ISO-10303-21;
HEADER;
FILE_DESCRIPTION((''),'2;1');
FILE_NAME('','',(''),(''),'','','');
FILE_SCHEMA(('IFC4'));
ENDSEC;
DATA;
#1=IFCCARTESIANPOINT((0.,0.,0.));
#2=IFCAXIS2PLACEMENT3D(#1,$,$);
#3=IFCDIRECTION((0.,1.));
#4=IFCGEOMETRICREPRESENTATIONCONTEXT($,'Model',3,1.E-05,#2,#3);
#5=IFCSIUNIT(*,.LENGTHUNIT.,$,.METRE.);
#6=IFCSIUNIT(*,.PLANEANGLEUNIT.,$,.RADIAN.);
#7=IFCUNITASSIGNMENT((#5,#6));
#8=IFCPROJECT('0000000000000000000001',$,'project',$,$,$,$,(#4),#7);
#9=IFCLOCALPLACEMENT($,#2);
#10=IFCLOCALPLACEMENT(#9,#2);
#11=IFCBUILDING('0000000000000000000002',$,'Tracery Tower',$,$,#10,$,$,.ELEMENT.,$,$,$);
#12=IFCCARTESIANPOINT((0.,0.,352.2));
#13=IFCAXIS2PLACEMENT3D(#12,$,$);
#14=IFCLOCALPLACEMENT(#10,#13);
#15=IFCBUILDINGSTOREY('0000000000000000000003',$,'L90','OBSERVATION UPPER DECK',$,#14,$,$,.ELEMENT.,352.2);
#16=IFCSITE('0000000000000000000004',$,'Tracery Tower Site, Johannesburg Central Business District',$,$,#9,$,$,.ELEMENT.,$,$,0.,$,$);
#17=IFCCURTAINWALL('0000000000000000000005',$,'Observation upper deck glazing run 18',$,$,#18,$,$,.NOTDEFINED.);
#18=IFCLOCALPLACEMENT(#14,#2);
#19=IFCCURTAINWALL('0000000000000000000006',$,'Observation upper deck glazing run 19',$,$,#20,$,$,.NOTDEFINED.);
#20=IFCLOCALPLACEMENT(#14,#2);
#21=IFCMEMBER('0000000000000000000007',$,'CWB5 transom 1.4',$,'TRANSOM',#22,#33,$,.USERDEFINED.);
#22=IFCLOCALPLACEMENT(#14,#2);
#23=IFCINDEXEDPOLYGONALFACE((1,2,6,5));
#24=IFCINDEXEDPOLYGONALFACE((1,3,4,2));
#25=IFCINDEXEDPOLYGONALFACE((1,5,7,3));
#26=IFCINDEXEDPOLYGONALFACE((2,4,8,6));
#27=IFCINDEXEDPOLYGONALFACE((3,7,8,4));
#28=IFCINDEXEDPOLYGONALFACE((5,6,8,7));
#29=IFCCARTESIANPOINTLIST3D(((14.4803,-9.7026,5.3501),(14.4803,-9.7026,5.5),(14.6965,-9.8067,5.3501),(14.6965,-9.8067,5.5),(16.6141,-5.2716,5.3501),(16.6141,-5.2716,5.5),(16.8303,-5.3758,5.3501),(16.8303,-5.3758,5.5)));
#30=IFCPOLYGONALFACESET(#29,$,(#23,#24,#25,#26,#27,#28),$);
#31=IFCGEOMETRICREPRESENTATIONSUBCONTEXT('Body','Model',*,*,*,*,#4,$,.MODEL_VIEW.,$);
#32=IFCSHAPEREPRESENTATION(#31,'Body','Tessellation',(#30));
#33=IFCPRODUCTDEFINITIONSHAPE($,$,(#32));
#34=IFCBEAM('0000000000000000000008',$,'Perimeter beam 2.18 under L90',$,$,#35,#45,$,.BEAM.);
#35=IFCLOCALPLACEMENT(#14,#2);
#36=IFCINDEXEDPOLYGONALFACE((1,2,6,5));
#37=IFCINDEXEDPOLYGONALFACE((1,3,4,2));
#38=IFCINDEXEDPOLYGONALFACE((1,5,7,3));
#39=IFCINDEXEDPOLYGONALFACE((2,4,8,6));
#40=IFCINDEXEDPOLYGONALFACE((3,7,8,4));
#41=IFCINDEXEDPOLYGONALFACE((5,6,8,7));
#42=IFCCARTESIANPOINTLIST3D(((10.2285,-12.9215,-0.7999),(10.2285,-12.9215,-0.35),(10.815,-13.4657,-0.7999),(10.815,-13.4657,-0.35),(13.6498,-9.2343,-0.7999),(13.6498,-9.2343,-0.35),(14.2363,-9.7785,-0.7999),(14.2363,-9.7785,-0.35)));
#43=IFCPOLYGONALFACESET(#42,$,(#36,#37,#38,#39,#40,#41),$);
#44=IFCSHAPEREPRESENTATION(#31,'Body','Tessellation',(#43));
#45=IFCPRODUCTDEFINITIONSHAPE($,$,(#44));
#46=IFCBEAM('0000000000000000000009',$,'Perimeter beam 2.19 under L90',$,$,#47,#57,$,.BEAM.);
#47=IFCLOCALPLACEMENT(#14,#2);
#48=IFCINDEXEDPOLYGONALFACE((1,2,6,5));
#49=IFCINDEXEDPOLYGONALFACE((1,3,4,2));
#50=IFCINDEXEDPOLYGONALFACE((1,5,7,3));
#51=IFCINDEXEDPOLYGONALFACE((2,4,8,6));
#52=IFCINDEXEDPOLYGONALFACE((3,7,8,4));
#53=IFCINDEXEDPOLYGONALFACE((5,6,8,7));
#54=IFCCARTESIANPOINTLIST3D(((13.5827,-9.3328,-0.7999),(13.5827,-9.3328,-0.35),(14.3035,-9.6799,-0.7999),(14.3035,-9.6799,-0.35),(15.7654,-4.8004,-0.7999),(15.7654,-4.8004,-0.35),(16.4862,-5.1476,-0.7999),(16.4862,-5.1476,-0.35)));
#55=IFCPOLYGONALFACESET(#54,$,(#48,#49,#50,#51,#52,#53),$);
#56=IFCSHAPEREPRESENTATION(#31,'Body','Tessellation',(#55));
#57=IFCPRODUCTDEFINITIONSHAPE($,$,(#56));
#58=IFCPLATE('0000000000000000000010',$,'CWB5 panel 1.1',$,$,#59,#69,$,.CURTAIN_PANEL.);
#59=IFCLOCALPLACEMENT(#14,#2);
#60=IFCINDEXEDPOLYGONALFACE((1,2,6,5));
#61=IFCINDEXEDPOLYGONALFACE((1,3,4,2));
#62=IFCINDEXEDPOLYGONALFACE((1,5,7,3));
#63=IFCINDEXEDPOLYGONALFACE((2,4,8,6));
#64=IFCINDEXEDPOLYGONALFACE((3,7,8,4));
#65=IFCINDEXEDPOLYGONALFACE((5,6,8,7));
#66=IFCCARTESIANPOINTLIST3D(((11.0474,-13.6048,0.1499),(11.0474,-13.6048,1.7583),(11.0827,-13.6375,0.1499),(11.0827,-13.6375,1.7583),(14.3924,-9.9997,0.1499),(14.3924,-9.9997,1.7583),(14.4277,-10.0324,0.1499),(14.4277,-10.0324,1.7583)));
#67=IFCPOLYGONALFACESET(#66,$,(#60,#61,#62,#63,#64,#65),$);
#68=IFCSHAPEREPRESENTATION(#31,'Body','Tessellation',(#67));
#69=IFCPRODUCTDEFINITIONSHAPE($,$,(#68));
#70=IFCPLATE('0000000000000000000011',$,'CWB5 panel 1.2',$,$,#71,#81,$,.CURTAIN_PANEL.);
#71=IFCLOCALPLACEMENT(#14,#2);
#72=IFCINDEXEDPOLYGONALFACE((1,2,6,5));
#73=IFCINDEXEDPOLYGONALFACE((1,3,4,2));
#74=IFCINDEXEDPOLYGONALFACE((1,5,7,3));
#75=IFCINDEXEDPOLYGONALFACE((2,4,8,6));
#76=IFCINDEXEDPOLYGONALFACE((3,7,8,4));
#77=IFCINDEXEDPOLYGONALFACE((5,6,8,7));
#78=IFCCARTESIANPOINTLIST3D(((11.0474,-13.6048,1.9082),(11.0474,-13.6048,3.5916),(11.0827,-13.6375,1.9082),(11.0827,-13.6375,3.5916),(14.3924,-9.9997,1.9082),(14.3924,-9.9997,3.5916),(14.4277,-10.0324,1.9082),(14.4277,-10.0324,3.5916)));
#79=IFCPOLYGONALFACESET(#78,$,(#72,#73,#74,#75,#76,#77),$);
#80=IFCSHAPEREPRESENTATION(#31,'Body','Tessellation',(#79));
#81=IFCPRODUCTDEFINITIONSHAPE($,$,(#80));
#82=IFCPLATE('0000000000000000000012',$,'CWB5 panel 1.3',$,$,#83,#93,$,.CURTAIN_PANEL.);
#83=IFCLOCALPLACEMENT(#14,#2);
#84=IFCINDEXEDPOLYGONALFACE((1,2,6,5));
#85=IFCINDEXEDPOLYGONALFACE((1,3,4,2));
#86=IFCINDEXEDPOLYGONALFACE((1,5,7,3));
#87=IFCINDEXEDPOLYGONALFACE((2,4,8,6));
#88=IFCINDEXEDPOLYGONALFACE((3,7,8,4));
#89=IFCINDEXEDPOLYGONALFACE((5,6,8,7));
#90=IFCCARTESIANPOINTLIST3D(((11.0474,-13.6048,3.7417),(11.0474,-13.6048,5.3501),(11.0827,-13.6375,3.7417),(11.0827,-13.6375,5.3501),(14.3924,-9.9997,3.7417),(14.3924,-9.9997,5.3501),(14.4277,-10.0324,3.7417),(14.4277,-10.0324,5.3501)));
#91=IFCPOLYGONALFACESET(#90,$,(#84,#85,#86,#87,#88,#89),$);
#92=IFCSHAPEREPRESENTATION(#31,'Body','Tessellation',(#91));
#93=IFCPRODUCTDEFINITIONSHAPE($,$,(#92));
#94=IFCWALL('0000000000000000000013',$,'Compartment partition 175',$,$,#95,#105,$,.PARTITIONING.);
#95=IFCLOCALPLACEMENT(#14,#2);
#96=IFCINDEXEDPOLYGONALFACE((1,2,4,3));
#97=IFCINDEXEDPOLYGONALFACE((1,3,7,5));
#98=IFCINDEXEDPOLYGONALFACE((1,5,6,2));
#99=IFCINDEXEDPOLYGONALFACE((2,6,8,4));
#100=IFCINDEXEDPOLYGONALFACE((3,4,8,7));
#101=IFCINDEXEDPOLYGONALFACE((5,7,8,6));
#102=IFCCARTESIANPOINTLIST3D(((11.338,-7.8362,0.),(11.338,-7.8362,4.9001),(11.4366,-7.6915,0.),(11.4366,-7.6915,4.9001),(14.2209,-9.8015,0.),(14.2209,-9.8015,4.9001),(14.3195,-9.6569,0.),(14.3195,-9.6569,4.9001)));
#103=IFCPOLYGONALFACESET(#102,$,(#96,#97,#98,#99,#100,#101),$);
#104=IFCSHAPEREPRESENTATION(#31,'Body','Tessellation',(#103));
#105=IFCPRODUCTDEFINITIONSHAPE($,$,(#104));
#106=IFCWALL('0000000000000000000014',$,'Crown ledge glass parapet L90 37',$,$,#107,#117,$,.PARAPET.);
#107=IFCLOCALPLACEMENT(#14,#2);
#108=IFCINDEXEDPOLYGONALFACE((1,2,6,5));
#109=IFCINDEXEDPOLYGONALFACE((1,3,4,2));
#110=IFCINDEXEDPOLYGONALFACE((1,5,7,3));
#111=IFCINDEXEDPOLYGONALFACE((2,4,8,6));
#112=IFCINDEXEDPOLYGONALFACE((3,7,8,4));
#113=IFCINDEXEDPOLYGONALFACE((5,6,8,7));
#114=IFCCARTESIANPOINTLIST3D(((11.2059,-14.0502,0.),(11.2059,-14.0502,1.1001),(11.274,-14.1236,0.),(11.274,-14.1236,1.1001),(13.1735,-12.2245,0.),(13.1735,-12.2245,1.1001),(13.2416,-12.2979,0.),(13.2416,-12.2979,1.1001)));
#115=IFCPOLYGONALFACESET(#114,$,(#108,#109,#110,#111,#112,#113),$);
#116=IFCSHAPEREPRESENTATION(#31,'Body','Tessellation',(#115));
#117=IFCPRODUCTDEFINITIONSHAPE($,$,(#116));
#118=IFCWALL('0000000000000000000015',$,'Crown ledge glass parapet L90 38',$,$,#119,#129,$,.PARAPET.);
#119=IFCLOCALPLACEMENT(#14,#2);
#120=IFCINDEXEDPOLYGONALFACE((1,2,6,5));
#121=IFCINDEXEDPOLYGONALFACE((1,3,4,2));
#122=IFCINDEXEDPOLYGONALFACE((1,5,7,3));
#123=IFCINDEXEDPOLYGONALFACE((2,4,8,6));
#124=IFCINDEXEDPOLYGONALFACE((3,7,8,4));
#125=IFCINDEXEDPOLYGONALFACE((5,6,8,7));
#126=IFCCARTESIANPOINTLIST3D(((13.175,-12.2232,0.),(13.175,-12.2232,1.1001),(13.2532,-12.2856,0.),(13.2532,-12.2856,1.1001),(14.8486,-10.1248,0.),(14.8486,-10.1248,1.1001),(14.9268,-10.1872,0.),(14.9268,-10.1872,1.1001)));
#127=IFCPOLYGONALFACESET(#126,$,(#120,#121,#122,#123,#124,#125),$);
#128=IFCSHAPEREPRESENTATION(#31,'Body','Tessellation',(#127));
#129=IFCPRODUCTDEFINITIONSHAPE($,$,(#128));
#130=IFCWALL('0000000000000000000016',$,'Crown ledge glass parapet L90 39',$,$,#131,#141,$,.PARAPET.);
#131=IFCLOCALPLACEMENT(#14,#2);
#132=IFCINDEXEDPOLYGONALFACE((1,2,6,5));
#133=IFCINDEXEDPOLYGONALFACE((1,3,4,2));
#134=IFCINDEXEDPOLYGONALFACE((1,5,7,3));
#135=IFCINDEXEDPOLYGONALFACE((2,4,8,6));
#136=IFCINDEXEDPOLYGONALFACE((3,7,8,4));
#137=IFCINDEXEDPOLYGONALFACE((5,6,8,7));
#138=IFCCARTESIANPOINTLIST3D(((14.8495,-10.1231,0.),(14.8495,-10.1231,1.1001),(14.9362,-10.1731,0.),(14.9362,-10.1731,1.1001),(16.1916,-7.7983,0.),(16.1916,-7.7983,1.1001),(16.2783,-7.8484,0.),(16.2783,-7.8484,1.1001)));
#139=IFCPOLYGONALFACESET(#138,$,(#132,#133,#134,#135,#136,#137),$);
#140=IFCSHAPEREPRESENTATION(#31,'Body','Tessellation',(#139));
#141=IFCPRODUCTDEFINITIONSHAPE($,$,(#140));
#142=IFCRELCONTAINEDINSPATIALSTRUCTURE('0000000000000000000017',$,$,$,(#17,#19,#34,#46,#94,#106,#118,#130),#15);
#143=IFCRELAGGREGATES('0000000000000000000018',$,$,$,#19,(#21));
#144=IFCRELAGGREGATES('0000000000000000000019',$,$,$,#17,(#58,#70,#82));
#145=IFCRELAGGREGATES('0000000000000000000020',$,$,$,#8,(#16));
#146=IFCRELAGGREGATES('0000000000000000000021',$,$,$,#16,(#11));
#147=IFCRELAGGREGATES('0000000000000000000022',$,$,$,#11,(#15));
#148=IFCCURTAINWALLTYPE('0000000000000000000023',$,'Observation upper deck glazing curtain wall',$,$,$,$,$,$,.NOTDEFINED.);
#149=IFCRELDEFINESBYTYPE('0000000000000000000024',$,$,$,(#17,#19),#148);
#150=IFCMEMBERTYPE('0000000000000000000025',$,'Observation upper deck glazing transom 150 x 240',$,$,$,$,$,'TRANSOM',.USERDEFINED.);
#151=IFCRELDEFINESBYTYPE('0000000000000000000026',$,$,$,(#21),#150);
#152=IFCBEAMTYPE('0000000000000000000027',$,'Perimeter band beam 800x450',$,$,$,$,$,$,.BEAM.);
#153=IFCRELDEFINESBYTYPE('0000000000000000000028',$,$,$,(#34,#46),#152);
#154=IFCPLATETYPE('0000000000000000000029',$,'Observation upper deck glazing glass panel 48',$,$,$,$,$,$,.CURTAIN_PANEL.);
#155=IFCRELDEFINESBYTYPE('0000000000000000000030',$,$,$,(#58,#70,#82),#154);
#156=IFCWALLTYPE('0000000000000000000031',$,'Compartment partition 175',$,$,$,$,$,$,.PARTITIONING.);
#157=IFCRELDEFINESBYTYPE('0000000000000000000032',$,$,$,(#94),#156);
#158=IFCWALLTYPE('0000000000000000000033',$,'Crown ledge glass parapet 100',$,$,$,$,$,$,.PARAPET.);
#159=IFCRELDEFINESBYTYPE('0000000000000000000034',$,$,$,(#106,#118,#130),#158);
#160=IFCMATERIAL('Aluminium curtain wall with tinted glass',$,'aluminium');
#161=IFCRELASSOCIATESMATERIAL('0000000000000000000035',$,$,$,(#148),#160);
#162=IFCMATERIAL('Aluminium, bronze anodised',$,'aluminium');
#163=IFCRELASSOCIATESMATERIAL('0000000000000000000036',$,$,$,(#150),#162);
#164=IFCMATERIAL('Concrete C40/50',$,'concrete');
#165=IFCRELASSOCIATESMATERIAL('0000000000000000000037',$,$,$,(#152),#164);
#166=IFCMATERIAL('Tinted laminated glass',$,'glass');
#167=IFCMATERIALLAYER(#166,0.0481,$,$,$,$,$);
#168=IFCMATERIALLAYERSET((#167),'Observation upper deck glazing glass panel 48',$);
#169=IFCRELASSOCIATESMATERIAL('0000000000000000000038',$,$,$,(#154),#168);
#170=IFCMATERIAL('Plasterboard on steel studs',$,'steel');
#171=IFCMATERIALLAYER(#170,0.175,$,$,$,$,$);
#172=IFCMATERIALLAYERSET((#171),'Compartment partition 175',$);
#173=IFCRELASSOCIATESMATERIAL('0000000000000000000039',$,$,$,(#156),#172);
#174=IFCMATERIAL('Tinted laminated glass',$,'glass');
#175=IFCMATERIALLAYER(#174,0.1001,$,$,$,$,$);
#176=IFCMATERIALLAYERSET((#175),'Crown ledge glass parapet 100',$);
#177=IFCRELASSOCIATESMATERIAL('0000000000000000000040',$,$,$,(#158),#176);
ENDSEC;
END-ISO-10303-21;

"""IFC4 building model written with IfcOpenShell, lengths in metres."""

from ifc_helpers import new_model, si_unit, direction, frame, frame_2d, origin, origin_2d, place, context, subcontext, project, spatial, rectangle, extrude, material, layer, layer_set, material_profile, profile_set, type_object, element, aggregate, save


model = new_model("IFC4")

# Units and contexts
model_context = context("Model", 3, precision=1e-05, world=origin(), true_north=direction((0.0, 1.0)))
body_context = subcontext(model_context, "Body", "Model", "MODEL_VIEW")
ifc_project = project(units=[si_unit("LENGTHUNIT", "METRE"), si_unit("PLANEANGLEUNIT", "RADIAN")], contexts=[model_context])

# Site, building, storey
site_placement = place(None, origin())
site = spatial("IfcSite", under=ifc_project, at=site_placement, Name="Tracery Tower Site, Johannesburg Central Business District", CompositionType="ELEMENT", RefElevation=0.0)
building_placement = place(site_placement, origin())
building = spatial("IfcBuilding", under=site, at=building_placement, Name="Tracery Tower", CompositionType="ELEMENT")
storey_placement = place(building_placement, frame((0.0, 0.0, 352.2)))
storey = spatial("IfcBuildingStorey", under=building, at=storey_placement, Name="L90", Description="OBSERVATION UPPER DECK", CompositionType="ELEMENT", Elevation=352.2)

# Shared definitions
ifc_material_1 = material(Name="Aluminium curtain wall with tinted glass", Category="aluminium")
curtain_wall_type = type_object("IfcCurtainWallType", Name="Observation upper deck glazing curtain wall", PredefinedType="NOTDEFINED", material=ifc_material_1)

# Curtain wall
curtain_wall_1_placement = place(storey_placement, origin())
curtain_wall_1 = element("IfcCurtainWall", 1, at=curtain_wall_1_placement, inside=storey, type_object=curtain_wall_type, Name="Observation upper deck glazing run 18", PredefinedType="NOTDEFINED")

# Curtain wall
curtain_wall_2_placement = place(storey_placement, origin())
curtain_wall_2 = element("IfcCurtainWall", 2, at=curtain_wall_2_placement, inside=storey, type_object=curtain_wall_type, Name="Observation upper deck glazing run 19", PredefinedType="NOTDEFINED")

# Member
ifc_material_2 = material(Name="Aluminium, bronze anodised", Category="aluminium")
ifc_material_profile_1 = material_profile(ifc_material_2, rectangle(XDim=0.24, YDim=0.1499, at=origin_2d()), Name="Observation upper deck glazing transom 150 x 240")
ifc_profile_set_1 = profile_set([ifc_material_profile_1], Name="Aluminium, bronze anodised")
member_type_1 = type_object("IfcMemberType", Name="Observation upper deck glazing transom 150 x 240", ElementType="TRANSOM", PredefinedType="USERDEFINED", material=ifc_profile_set_1)
member_1_placement = place(storey_placement, frame((14.5884, -9.7546, 5.425), z_axis=(0.43388, 0.900971, 0.0), x_axis=(-0.900971, 0.43388, 0.0)))
member_1 = element("IfcMember", 3, at=member_1_placement, type_object=member_type_1, Name="CWB5 transom 1.4", ObjectType="TRANSOM", PredefinedType="USERDEFINED", context=body_context, shape_type="SweptSolid", body=[
    extrude(rectangle(XDim=0.24, YDim=0.1499, at=origin_2d()), origin(), (0.0, 0.0, 1.0), 4.918),
])
aggregate(curtain_wall_2, [member_1])

# Beams
ifc_material_3 = material(Name="Concrete C40/50", Category="concrete")
ifc_material_profile_2 = material_profile(ifc_material_3, rectangle(XDim=0.8, YDim=0.45, at=origin_2d()), Name="RC 800x450")
ifc_profile_set_2 = profile_set([ifc_material_profile_2], Name="Concrete C40/50")
beam_type = type_object("IfcBeamType", Name="Perimeter band beam 800x450", PredefinedType="BEAM", material=ifc_profile_set_2)
beam_1_placement = place(storey_placement, frame((10.5217, -13.1936, -0.575), z_axis=(0.680185, 0.733041, 0.0), x_axis=(-0.733041, 0.680185, 0.0)))
element("IfcBeam", 4, at=beam_1_placement, inside=storey, type_object=beam_type, Name="Perimeter beam 2.18 under L90", PredefinedType="BEAM", context=body_context, shape_type="SweptSolid", body=[
    extrude(rectangle(XDim=0.8, YDim=0.45, at=origin_2d()), origin(), (0.0, 0.0, 1.0), 5.03),
])
beam_2_placement = place(storey_placement, frame((13.9431, -9.5063, -0.575), z_axis=(0.433886, 0.900968, 0.0), x_axis=(-0.900968, 0.433886, 0.0)))
element("IfcBeam", 5, at=beam_2_placement, inside=storey, type_object=beam_type, Name="Perimeter beam 2.19 under L90", PredefinedType="BEAM", context=body_context, shape_type="SweptSolid", body=[
    extrude(rectangle(XDim=0.8, YDim=0.45, at=origin_2d()), origin(), (0.0, 0.0, 1.0), 5.0305),
])

# Plates
ifc_material_4 = material(Name="Tinted laminated glass", Category="glass")
ifc_layer_1 = layer(ifc_material_4, 0.0481)
ifc_layer_set_1 = layer_set([ifc_layer_1], Name="Observation upper deck glazing glass panel 48")
plate_type = type_object("IfcPlateType", Name="Observation upper deck glazing glass panel 48", PredefinedType="CURTAIN_PANEL", material=ifc_layer_set_1)
plate_1_placement = place(storey_placement, frame((12.7375, -11.8186, 0.1499), z_axis=(0.0, 0.0, 1.0), x_axis=(0.680168, 0.733057, 0.0)))
plate_1 = element("IfcPlate", 6, at=plate_1_placement, type_object=plate_type, Name="CWB5 panel 1.1", PredefinedType="CURTAIN_PANEL", context=body_context, shape_type="SweptSolid", body=[
    extrude(rectangle(XDim=4.918, YDim=0.0481, at=origin_2d()), origin(), (0.0, 0.0, 1.0), 1.6084),
])
plate_2_placement = place(storey_placement, frame((12.7375, -11.8186, 1.9082), z_axis=(0.0, 0.0, 1.0), x_axis=(0.680168, 0.733057, 0.0)))
plate_2 = element("IfcPlate", 7, at=plate_2_placement, type_object=plate_type, Name="CWB5 panel 1.2", PredefinedType="CURTAIN_PANEL", context=body_context, shape_type="SweptSolid", body=[
    extrude(rectangle(XDim=4.918, YDim=0.0481, at=origin_2d()), origin(), (0.0, 0.0, 1.0), 1.6833),
])
plate_3_placement = place(storey_placement, frame((12.7375, -11.8186, 3.7417), z_axis=(0.0, 0.0, 1.0), x_axis=(0.680168, 0.733057, 0.0)))
plate_3 = element("IfcPlate", 8, at=plate_3_placement, type_object=plate_type, Name="CWB5 panel 1.3", PredefinedType="CURTAIN_PANEL", context=body_context, shape_type="SweptSolid", body=[
    extrude(rectangle(XDim=4.918, YDim=0.0481, at=origin_2d()), origin(), (0.0, 0.0, 1.0), 1.6084),
])
aggregate(curtain_wall_1, [plate_1, plate_2, plate_3])

# Walls
ifc_material_5 = material(Name="Plasterboard on steel studs", Category="steel")
ifc_layer_2 = layer(ifc_material_5, 0.175)
ifc_layer_set_2 = layer_set([ifc_layer_2], Name="Compartment partition 175")
wall_type_1 = type_object("IfcWallType", Name="Compartment partition 175", PredefinedType="PARTITIONING", material=ifc_layer_set_2)
wall_1_placement = place(storey_placement, frame((14.2703, -9.7292, 0.0), z_axis=(0.0, 0.0, 1.0), x_axis=(-0.826257, 0.563293, 0.0)))
element("IfcWall", 9, at=wall_1_placement, inside=storey, type_object=wall_type_1, Name="Compartment partition 175", PredefinedType="PARTITIONING", context=body_context, shape_type="SweptSolid", body=[
    extrude(rectangle(XDim=3.489, YDim=0.175, at=frame_2d((1.7446, 0.0))), origin(), (0.0, 0.0, 1.0), 4.9001),
])
ifc_material_6 = material(Name="Tinted laminated glass", Category="glass")
ifc_layer_3 = layer(ifc_material_6, 0.1001)
ifc_layer_set_3 = layer_set([ifc_layer_3], Name="Crown ledge glass parapet 100")
wall_type_2 = type_object("IfcWallType", Name="Crown ledge glass parapet 100", PredefinedType="PARAPET", material=ifc_layer_set_3)
for number, where, z_axis, x_axis, name in (
    (10, (11.24, -14.0869, 0.0), (0.0, 0.0, 1.0), (0.733036, 0.680189, 0.0), "Crown ledge glass parapet L90 37"),
    (11, (13.2141, -12.2544, 0.0), (0.0, 0.0, 1.0), (0.62353, 0.7818, 0.0), "Crown ledge glass parapet L90 38"),
):
    element("IfcWall", number, at=place(storey_placement, frame(where, z_axis=z_axis, x_axis=x_axis)), inside=storey, type_object=wall_type_2, Name=name, PredefinedType="PARAPET", context=body_context, shape_type="SweptSolid", body=[
        extrude(rectangle(XDim=2.6841, YDim=0.1001, at=frame_2d((1.342, 0.0))), origin(), (0.0, 0.0, 1.0), 1.1001),
    ])
wall_2_placement = place(storey_placement, frame((14.8928, -10.1482, 0.0), z_axis=(0.0, 0.0, 1.0), x_axis=(0.499964, 0.866046, 0.0)))
element("IfcWall", 12, at=wall_2_placement, inside=storey, type_object=wall_type_2, Name="Crown ledge glass parapet L90 39", PredefinedType="PARAPET", context=body_context, shape_type="SweptSolid", body=[
    extrude(rectangle(XDim=2.6843, YDim=0.1001, at=frame_2d((1.3423, 0.0))), origin(), (0.0, 0.0, 1.0), 1.1001),
])

save(model, "model.ifc")
